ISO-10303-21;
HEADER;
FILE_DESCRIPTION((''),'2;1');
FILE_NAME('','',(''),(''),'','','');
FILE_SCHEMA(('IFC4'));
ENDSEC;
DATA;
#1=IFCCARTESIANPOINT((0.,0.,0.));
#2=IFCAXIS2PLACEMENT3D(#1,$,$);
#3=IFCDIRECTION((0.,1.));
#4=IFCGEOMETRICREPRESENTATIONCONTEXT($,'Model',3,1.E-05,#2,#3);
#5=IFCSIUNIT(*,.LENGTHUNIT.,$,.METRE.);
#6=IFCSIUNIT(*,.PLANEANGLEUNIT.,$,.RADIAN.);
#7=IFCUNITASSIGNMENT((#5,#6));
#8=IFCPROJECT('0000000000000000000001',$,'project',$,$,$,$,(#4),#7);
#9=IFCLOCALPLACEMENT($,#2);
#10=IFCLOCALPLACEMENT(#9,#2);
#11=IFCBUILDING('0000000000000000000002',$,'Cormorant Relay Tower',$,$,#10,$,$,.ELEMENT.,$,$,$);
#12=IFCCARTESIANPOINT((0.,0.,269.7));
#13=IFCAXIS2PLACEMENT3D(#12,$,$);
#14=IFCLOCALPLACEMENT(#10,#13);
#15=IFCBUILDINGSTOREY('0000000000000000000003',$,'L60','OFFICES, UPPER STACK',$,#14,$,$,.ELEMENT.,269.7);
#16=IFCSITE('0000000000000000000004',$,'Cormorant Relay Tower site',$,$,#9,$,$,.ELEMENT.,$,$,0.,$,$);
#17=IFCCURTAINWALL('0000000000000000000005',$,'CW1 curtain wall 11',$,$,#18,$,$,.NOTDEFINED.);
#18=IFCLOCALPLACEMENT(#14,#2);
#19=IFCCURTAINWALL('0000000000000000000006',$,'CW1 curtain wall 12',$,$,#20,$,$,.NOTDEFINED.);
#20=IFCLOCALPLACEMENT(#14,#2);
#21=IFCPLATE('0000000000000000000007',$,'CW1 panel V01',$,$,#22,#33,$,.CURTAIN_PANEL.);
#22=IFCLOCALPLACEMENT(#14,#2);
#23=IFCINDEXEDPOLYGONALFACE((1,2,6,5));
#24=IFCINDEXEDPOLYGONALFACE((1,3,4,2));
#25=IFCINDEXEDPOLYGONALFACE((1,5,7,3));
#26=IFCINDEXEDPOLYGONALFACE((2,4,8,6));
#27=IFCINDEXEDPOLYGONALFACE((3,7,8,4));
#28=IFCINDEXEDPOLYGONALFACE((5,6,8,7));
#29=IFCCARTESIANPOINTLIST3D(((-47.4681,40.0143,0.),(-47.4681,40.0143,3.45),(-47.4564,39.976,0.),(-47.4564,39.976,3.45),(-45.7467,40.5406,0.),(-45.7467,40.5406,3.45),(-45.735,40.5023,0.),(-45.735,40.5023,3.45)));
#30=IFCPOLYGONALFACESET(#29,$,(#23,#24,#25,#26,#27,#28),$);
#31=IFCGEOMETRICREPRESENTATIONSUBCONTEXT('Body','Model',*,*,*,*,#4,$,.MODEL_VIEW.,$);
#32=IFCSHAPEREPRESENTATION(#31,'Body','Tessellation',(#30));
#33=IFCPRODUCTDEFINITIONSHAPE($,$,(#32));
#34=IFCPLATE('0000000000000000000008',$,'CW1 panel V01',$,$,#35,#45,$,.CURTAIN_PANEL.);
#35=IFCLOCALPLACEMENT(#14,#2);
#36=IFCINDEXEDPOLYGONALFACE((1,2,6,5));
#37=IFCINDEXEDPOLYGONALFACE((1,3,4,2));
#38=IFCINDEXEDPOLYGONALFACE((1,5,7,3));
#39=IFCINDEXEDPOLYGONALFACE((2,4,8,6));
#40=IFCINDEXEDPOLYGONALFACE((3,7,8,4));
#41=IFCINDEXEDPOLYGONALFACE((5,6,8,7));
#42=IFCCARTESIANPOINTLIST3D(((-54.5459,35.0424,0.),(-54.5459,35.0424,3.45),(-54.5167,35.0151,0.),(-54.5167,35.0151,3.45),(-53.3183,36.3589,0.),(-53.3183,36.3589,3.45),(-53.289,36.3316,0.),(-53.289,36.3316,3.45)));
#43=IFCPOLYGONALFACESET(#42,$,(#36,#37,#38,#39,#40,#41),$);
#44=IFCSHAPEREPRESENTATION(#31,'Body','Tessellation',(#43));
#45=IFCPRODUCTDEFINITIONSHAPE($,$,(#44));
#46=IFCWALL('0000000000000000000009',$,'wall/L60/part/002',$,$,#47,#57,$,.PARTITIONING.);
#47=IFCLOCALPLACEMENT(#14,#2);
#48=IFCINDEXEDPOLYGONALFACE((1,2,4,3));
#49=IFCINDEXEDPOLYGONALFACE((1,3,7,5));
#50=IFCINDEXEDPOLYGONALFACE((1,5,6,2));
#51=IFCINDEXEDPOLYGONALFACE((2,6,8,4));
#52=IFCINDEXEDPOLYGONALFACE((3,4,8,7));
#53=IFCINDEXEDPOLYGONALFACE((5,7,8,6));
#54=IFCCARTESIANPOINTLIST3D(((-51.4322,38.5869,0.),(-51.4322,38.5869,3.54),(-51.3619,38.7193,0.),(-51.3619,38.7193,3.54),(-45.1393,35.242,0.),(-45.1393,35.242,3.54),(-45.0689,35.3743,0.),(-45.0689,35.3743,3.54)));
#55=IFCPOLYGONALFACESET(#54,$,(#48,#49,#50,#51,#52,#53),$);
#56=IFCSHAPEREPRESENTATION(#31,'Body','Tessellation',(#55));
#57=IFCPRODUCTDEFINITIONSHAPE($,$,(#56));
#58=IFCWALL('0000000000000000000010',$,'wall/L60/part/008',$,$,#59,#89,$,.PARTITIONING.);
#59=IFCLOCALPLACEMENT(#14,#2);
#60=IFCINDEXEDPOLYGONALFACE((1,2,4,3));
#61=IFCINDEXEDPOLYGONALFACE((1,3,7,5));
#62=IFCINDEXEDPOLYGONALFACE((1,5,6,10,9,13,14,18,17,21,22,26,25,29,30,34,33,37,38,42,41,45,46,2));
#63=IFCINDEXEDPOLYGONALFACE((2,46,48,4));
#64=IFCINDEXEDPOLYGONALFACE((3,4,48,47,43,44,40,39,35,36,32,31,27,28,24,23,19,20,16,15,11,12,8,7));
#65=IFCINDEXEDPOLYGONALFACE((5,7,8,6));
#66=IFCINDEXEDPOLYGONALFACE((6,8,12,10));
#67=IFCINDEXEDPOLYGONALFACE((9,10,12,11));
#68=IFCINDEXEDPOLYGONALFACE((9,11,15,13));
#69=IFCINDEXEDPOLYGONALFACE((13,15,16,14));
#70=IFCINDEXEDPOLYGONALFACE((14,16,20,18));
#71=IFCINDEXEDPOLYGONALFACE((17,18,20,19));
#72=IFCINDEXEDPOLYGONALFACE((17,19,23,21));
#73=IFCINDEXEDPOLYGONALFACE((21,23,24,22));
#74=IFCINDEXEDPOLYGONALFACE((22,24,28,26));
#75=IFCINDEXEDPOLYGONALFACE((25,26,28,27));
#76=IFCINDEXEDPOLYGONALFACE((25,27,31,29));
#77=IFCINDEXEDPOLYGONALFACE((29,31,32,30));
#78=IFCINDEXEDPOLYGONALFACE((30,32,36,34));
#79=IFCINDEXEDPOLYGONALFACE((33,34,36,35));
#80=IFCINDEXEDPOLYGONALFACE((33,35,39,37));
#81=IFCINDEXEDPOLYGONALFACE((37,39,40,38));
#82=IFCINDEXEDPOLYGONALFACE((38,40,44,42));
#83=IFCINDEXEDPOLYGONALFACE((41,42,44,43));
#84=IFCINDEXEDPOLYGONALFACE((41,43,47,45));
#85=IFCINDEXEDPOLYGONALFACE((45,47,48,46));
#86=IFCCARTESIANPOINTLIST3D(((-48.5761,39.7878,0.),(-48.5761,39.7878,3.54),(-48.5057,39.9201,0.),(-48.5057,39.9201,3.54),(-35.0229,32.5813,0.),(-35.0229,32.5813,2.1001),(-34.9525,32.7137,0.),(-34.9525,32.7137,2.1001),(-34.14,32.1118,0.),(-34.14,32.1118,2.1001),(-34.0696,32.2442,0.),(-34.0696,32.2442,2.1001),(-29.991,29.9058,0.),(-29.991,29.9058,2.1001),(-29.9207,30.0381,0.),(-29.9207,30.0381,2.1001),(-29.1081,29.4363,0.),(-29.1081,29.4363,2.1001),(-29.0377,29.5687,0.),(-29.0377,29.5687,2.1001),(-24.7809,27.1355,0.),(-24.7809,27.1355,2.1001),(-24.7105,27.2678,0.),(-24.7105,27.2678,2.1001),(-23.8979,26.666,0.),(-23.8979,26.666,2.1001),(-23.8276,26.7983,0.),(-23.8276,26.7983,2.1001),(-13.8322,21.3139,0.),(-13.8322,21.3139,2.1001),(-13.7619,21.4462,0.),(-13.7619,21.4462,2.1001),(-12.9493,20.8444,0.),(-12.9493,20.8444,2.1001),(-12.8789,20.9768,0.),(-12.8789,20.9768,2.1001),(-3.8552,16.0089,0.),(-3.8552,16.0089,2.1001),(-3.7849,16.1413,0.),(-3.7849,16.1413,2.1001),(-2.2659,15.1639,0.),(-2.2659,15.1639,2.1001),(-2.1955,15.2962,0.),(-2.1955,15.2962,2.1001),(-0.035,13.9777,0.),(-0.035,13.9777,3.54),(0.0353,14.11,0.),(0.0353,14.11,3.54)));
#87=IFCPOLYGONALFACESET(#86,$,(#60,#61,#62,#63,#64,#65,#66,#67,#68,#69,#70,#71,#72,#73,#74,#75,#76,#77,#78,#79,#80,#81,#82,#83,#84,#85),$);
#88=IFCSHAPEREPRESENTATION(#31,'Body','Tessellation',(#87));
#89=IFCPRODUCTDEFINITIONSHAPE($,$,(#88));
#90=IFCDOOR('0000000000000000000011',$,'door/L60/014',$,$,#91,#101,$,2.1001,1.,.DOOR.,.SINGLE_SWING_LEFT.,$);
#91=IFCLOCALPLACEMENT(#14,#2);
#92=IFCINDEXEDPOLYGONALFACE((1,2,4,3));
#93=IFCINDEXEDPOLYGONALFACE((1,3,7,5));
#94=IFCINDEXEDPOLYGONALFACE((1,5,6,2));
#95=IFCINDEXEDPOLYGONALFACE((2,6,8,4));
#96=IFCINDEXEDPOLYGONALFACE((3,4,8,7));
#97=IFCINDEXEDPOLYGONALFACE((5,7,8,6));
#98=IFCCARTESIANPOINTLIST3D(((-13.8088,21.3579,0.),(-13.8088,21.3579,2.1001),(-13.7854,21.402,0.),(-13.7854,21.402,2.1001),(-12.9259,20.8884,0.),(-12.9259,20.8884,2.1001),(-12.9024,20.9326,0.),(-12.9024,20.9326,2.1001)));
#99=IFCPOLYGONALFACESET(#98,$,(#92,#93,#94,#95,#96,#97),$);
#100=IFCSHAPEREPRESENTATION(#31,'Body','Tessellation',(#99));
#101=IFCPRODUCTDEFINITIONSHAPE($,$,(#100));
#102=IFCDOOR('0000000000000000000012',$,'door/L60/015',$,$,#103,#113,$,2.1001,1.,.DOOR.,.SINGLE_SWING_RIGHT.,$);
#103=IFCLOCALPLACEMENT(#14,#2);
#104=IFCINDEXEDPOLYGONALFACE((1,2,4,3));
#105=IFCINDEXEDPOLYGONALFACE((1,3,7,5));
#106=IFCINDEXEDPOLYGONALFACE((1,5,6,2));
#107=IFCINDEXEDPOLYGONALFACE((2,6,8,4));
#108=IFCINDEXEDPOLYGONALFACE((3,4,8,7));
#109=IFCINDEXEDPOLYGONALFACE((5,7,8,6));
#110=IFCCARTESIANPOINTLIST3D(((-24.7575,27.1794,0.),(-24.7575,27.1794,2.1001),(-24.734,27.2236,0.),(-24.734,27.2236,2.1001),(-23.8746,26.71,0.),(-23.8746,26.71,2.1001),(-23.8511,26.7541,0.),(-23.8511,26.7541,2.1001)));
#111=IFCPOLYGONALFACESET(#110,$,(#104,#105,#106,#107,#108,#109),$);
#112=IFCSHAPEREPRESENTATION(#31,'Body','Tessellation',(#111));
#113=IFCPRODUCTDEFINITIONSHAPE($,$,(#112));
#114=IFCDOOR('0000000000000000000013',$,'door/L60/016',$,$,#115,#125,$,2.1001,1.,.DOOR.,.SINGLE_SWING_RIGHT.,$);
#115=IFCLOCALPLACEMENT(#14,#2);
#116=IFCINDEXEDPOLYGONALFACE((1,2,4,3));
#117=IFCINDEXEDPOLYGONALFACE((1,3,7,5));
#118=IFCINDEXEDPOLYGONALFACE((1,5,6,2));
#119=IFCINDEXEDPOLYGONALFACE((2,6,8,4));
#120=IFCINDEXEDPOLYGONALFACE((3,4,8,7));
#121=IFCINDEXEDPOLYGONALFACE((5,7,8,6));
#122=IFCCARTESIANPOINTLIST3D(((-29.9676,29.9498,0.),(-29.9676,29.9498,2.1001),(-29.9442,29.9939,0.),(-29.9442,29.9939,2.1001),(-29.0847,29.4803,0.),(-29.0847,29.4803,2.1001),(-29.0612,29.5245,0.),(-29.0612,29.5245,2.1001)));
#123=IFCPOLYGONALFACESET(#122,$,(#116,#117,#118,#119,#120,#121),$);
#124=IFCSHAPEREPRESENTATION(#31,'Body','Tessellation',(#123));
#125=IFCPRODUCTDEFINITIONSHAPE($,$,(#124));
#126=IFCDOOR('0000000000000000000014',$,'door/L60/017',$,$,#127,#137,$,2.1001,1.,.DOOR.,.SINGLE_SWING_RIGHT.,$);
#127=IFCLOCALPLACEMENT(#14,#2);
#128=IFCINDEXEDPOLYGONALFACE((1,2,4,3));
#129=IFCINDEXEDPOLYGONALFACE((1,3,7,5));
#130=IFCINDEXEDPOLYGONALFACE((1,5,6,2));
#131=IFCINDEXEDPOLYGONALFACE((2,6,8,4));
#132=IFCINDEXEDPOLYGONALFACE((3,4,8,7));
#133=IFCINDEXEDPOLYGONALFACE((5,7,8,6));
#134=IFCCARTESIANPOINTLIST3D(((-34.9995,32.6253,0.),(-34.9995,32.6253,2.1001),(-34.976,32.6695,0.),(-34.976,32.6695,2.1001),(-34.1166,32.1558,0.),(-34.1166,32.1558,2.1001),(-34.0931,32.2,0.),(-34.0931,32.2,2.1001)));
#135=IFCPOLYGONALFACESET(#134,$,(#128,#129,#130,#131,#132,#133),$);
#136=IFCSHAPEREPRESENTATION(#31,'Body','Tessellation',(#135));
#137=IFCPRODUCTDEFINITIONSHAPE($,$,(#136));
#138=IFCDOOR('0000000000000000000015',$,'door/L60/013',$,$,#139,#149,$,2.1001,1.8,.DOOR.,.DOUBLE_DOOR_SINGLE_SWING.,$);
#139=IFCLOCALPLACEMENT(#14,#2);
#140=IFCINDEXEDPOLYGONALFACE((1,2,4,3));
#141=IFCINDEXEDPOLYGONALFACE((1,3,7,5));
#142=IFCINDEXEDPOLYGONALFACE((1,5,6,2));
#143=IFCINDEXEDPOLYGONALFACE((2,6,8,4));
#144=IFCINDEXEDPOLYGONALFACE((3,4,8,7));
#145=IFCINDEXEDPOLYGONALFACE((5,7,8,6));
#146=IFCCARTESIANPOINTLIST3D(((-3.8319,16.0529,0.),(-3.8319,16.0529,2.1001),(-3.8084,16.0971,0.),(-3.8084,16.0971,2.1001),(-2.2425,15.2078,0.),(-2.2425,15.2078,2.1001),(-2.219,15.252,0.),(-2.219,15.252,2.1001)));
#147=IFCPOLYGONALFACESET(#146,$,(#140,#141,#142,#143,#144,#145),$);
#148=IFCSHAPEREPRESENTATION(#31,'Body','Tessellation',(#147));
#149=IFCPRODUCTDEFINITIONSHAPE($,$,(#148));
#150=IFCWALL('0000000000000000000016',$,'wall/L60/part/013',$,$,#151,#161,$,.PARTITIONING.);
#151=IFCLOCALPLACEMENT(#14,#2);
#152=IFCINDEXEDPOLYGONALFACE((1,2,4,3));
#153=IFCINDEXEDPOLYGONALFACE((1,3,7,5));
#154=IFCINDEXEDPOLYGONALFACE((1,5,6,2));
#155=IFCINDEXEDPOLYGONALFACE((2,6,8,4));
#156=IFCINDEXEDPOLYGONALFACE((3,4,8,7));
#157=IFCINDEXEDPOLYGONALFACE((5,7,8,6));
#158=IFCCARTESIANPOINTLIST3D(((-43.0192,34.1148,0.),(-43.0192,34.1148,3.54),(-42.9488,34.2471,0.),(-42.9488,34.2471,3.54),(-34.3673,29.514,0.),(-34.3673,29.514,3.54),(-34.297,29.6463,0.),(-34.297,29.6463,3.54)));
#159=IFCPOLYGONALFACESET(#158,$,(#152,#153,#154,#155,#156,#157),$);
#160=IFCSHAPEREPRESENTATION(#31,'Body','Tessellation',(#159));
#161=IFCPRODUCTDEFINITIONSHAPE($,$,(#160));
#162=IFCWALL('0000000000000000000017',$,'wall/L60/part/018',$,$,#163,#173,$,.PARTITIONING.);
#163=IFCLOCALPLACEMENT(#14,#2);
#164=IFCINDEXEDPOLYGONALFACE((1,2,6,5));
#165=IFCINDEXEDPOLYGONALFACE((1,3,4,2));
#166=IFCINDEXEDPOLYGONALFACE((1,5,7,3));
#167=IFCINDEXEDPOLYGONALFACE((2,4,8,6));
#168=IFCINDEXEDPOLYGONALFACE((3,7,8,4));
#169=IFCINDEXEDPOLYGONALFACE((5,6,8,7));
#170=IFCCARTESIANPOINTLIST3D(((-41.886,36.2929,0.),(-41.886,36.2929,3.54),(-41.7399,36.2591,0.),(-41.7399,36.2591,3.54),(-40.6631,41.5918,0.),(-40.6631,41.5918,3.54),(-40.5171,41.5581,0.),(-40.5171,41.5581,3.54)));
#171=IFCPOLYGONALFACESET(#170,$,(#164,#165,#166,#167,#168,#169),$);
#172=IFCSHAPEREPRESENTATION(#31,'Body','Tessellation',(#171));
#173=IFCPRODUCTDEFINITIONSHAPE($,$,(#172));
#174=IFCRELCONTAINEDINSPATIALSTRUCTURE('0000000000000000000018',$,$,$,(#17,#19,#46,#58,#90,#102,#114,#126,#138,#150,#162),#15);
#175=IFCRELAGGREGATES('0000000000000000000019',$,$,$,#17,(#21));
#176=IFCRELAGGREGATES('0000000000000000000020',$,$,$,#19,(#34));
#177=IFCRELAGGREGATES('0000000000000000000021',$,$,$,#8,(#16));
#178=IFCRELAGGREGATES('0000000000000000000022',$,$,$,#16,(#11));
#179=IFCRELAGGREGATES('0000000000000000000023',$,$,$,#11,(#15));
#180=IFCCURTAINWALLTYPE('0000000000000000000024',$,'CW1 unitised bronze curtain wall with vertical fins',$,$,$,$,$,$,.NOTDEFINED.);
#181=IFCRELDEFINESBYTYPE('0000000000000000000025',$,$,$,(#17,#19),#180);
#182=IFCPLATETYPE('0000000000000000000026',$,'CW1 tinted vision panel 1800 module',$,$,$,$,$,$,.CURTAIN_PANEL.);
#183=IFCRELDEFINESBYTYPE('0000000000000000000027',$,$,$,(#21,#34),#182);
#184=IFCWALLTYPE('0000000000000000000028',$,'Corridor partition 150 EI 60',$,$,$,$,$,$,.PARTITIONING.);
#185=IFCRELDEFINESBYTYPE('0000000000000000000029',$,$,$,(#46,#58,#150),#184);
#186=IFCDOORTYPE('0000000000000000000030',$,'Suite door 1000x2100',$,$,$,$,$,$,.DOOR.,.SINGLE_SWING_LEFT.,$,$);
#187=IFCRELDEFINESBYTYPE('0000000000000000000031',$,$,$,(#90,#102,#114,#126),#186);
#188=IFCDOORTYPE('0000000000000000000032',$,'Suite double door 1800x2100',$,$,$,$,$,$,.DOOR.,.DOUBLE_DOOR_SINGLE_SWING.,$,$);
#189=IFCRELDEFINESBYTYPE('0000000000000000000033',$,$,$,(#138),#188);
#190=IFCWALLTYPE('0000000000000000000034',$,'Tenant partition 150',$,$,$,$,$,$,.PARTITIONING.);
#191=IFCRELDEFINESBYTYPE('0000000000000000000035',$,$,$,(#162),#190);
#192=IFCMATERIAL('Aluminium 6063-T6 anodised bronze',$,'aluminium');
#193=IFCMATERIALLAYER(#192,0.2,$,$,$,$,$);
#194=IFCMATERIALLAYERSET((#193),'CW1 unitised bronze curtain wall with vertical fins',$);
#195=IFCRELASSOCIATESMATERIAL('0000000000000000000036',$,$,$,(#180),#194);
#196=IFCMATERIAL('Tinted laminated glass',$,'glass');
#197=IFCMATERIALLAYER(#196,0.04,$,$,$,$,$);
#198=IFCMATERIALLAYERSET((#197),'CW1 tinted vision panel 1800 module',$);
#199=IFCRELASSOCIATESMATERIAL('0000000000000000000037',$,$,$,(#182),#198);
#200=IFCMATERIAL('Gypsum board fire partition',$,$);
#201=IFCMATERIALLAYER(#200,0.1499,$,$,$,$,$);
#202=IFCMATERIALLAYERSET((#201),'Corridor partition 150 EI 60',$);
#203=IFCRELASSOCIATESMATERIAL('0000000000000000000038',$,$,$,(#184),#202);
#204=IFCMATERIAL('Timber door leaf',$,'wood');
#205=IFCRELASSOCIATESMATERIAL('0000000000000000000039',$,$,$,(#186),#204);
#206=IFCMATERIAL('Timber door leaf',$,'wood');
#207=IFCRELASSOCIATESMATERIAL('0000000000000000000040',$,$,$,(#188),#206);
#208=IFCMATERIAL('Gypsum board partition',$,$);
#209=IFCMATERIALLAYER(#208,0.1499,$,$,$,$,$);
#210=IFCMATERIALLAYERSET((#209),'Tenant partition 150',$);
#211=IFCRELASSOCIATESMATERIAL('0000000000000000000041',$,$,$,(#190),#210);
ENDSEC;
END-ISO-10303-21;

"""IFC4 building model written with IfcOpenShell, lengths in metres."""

from ifc_helpers import new_model, si_unit, direction, frame, frame_2d, origin, origin_2d, place, context, subcontext, project, spatial, rectangle, extrude, material, layer, layer_set, type_object, element, fill, aggregate, save


model = new_model("IFC4")

# Units and contexts
model_context = context("Model", 3, precision=1e-05, world=origin(), true_north=direction((0.0, 1.0)))
body_context = subcontext(model_context, "Body", "Model", "MODEL_VIEW")
ifc_project = project(units=[si_unit("LENGTHUNIT", "METRE"), si_unit("PLANEANGLEUNIT", "RADIAN")], contexts=[model_context])

# Site, building, storey
site_placement = place(None, origin())
site = spatial("IfcSite", under=ifc_project, at=site_placement, Name="Cormorant Relay Tower site", CompositionType="ELEMENT", RefElevation=0.0)
building_placement = place(site_placement, origin())
building = spatial("IfcBuilding", under=site, at=building_placement, Name="Cormorant Relay Tower", CompositionType="ELEMENT")
storey_placement = place(building_placement, frame((0.0, 0.0, 269.7)))
storey = spatial("IfcBuildingStorey", under=building, at=storey_placement, Name="L60", Description="OFFICES, UPPER STACK", CompositionType="ELEMENT", Elevation=269.7)

# Curtain walls
ifc_material_1 = material(Name="Aluminium 6063-T6 anodised bronze", Category="aluminium")
ifc_layer_1 = layer(ifc_material_1, 0.2)
ifc_layer_set_1 = layer_set([ifc_layer_1], Name="CW1 unitised bronze curtain wall with vertical fins")
curtain_wall_type = type_object("IfcCurtainWallType", Name="CW1 unitised bronze curtain wall with vertical fins", PredefinedType="NOTDEFINED", material=ifc_layer_set_1)
curtain_wall_1_placement = place(storey_placement, origin())
curtain_wall_1 = element("IfcCurtainWall", 1, at=curtain_wall_1_placement, inside=storey, type_object=curtain_wall_type, Name="CW1 curtain wall 11", PredefinedType="NOTDEFINED")
curtain_wall_2_placement = place(storey_placement, origin())
curtain_wall_2 = element("IfcCurtainWall", 2, at=curtain_wall_2_placement, inside=storey, type_object=curtain_wall_type, Name="CW1 curtain wall 12", PredefinedType="NOTDEFINED")

# Plates
ifc_material_2 = material(Name="Tinted laminated glass", Category="glass")
ifc_layer_2 = layer(ifc_material_2, 0.04)
ifc_layer_set_2 = layer_set([ifc_layer_2], Name="CW1 tinted vision panel 1800 module")
plate_type = type_object("IfcPlateType", Name="CW1 tinted vision panel 1800 module", PredefinedType="CURTAIN_PANEL", material=ifc_layer_set_2)
plate_1_placement = place(storey_placement, frame((-46.6016, 40.2583, 0.0), z_axis=(0.0, 0.0, 1.0), x_axis=(-0.956305, -0.292372, 0.0)))
plate_1 = element("IfcPlate", 3, at=plate_1_placement, type_object=plate_type, Name="CW1 panel V01", PredefinedType="CURTAIN_PANEL", context=body_context, shape_type="SweptSolid", body=[
    extrude(rectangle(XDim=1.8, YDim=0.04, at=origin_2d()), origin(), (0.0, 0.0, 1.0), 3.45),
])
plate_2_placement = place(storey_placement, frame((-53.9175, 35.687, 0.0), z_axis=(0.0, 0.0, 1.0), x_axis=(-0.681998, -0.731354, 0.0)))
plate_2 = element("IfcPlate", 4, at=plate_2_placement, type_object=plate_type, Name="CW1 panel V01", PredefinedType="CURTAIN_PANEL", context=body_context, shape_type="SweptSolid", body=[
    extrude(rectangle(XDim=1.8, YDim=0.04, at=origin_2d()), origin(), (0.0, 0.0, 1.0), 3.45),
])

# Wall
ifc_material_3 = material(Name="Gypsum board fire partition")
ifc_layer_3 = layer(ifc_material_3, 0.1499)
ifc_layer_set_3 = layer_set([ifc_layer_3], Name="Corridor partition 150 EI 60")
wall_type_1 = type_object("IfcWallType", Name="Corridor partition 150 EI 60", PredefinedType="PARTITIONING", material=ifc_layer_set_3)
wall_1_placement = place(storey_placement, frame((-45.104, 35.3081, 0.0), z_axis=(0.0, 0.0, 1.0), x_axis=(-0.883009, 0.469356, 0.0)))
element("IfcWall", 5, at=wall_1_placement, inside=storey, type_object=wall_type_1, Name="wall/L60/part/002", PredefinedType="PARTITIONING", context=body_context, shape_type="SweptSolid", body=[
    extrude(rectangle(XDim=7.1267, YDim=0.1499, at=frame_2d((3.5635, 0.0))), origin(), (0.0, 0.0, 1.0), 3.54),
])

# Wall, openings, doors
wall_2_placement = place(storey_placement, frame((-48.541, 39.854, 0.0), z_axis=(0.0, 0.0, 1.0), x_axis=(0.882945, -0.469476, 0.0)))
wall_2 = element("IfcWall", 6, at=wall_2_placement, inside=storey, type_object=wall_type_1, Name="wall/L60/part/008", PredefinedType="PARTITIONING", context=body_context, shape_type="SweptSolid", body=[
    extrude(rectangle(XDim=54.9763, YDim=0.1499, at=frame_2d((27.4883, 0.0))), origin(), (0.0, 0.0, 1.0), 3.54),
])
opening_1_placement = place(wall_2_placement, frame((50.6499, 0.0, 0.0)))
opening_1 = element("IfcOpeningElement", 7, at=opening_1_placement, cuts=wall_2, PredefinedType="OPENING", context=body_context, shape_type="SweptSolid", body=[
    extrude(rectangle(XDim=1.8, YDim=2.1001, at=frame_2d((0.8999, 1.05))), frame((0.0, 0.085, 0.0), z_axis=(0.0, -1.0, 0.0), x_axis=(1.0, 0.0, 0.0)), (0.0, 0.0, 1.0), 0.1699),
])
opening_2_placement = place(wall_2_placement, frame((39.3501, 0.0, 0.0)))
opening_2 = element("IfcOpeningElement", 8, at=opening_2_placement, cuts=wall_2, PredefinedType="OPENING", context=body_context, shape_type="SweptSolid", body=[
    extrude(rectangle(XDim=1.0, YDim=2.1001, at=frame_2d((0.5, 1.05))), frame((0.0, 0.085, 0.0), z_axis=(0.0, -1.0, 0.0), x_axis=(1.0, 0.0, 0.0)), (0.0, 0.0, 1.0), 0.1699),
])
opening_3_placement = place(wall_2_placement, frame((26.95, 0.0, 0.0)))
opening_3 = element("IfcOpeningElement", 9, at=opening_3_placement, cuts=wall_2, PredefinedType="OPENING", context=body_context, shape_type="SweptSolid", body=[
    extrude(rectangle(XDim=1.0, YDim=2.1001, at=frame_2d((0.5, 1.05))), frame((0.0, 0.085, 0.0), z_axis=(0.0, -1.0, 0.0), x_axis=(1.0, 0.0, 0.0)), (0.0, 0.0, 1.0), 0.1699),
])
opening_4_placement = place(wall_2_placement, frame((21.0491, 0.0, 0.0)))
opening_4 = element("IfcOpeningElement", 10, at=opening_4_placement, cuts=wall_2, PredefinedType="OPENING", context=body_context, shape_type="SweptSolid", body=[
    extrude(rectangle(XDim=1.0, YDim=2.1001, at=frame_2d((0.5, 1.05))), frame((0.0, 0.085, 0.0), z_axis=(0.0, -1.0, 0.0), x_axis=(1.0, 0.0, 0.0)), (0.0, 0.0, 1.0), 0.1699),
])
opening_5_placement = place(wall_2_placement, frame((15.3501, 0.0, 0.0)))
opening_5 = element("IfcOpeningElement", 11, at=opening_5_placement, cuts=wall_2, PredefinedType="OPENING", context=body_context, shape_type="SweptSolid", body=[
    extrude(rectangle(XDim=1.0, YDim=2.1001, at=frame_2d((0.5, 1.05))), frame((0.0, 0.085, 0.0), z_axis=(0.0, -1.0, 0.0), x_axis=(1.0, 0.0, 0.0)), (0.0, 0.0, 1.0), 0.1699),
])
ifc_material_4 = material(Name="Timber door leaf", Category="wood")
door_type_1 = type_object("IfcDoorType", Name="Suite door 1000x2100", OperationType="SINGLE_SWING_LEFT", PredefinedType="DOOR", material=ifc_material_4)
door_1_placement = place(opening_2_placement, origin())
door_1 = element("IfcDoor", 12, at=door_1_placement, inside=storey, type_object=door_type_1, Name="door/L60/014", OperationType="SINGLE_SWING_LEFT", OverallHeight=2.1001, OverallWidth=1.0, PredefinedType="DOOR", context=body_context, shape_type="SweptSolid", body=[
    extrude(rectangle(XDim=1.0, YDim=2.1001, at=frame_2d((0.5, 1.05))), frame((0.0, 0.0249, 0.0), z_axis=(0.0, -1.0, 0.0), x_axis=(1.0, 0.0, 0.0)), (0.0, 0.0, 1.0), 0.05),
])
fill(opening_2, door_1)
door_2_placement = place(opening_3_placement, origin())
door_2 = element("IfcDoor", 13, at=door_2_placement, inside=storey, type_object=door_type_1, Name="door/L60/015", OperationType="SINGLE_SWING_RIGHT", OverallHeight=2.1001, OverallWidth=1.0, PredefinedType="DOOR", context=body_context, shape_type="SweptSolid", body=[
    extrude(rectangle(XDim=1.0, YDim=2.1001, at=frame_2d((0.5, 1.05))), frame((0.0, 0.0249, 0.0), z_axis=(0.0, -1.0, 0.0), x_axis=(1.0, 0.0, 0.0)), (0.0, 0.0, 1.0), 0.05),
])
fill(opening_3, door_2)
door_3_placement = place(opening_4_placement, origin())
door_3 = element("IfcDoor", 14, at=door_3_placement, inside=storey, type_object=door_type_1, Name="door/L60/016", OperationType="SINGLE_SWING_RIGHT", OverallHeight=2.1001, OverallWidth=1.0, PredefinedType="DOOR", context=body_context, shape_type="SweptSolid", body=[
    extrude(rectangle(XDim=1.0, YDim=2.1001, at=frame_2d((0.5, 1.05))), frame((0.0, 0.0249, 0.0), z_axis=(0.0, -1.0, 0.0), x_axis=(1.0, 0.0, 0.0)), (0.0, 0.0, 1.0), 0.05),
])
fill(opening_4, door_3)
door_4_placement = place(opening_5_placement, origin())
door_4 = element("IfcDoor", 15, at=door_4_placement, inside=storey, type_object=door_type_1, Name="door/L60/017", OperationType="SINGLE_SWING_RIGHT", OverallHeight=2.1001, OverallWidth=1.0, PredefinedType="DOOR", context=body_context, shape_type="SweptSolid", body=[
    extrude(rectangle(XDim=1.0, YDim=2.1001, at=frame_2d((0.5, 1.05))), frame((0.0, 0.0249, 0.0), z_axis=(0.0, -1.0, 0.0), x_axis=(1.0, 0.0, 0.0)), (0.0, 0.0, 1.0), 0.05),
])
fill(opening_5, door_4)
ifc_material_5 = material(Name="Timber door leaf", Category="wood")
door_type_2 = type_object("IfcDoorType", Name="Suite double door 1800x2100", OperationType="DOUBLE_DOOR_SINGLE_SWING", PredefinedType="DOOR", material=ifc_material_5)
door_5_placement = place(opening_1_placement, origin())
door_5 = element("IfcDoor", 16, at=door_5_placement, inside=storey, type_object=door_type_2, Name="door/L60/013", OperationType="DOUBLE_DOOR_SINGLE_SWING", OverallHeight=2.1001, OverallWidth=1.8, PredefinedType="DOOR", context=body_context, shape_type="SweptSolid", body=[
    extrude(rectangle(XDim=1.8, YDim=2.1001, at=frame_2d((0.8999, 1.05))), frame((0.0, 0.0249, 0.0), z_axis=(0.0, -1.0, 0.0), x_axis=(1.0, 0.0, 0.0)), (0.0, 0.0, 1.0), 0.05),
])
fill(opening_1, door_5)

# Walls
wall_3_placement = place(storey_placement, frame((-42.9839, 34.1809, 0.0), z_axis=(0.0, 0.0, 1.0), x_axis=(0.882924, -0.469516, 0.0)))
element("IfcWall", 17, at=wall_3_placement, inside=storey, type_object=wall_type_1, Name="wall/L60/part/013", PredefinedType="PARTITIONING", context=body_context, shape_type="SweptSolid", body=[
    extrude(rectangle(XDim=9.7991, YDim=0.1499, at=frame_2d((4.8994, 0.0))), origin(), (0.0, 0.0, 1.0), 3.54),
])
ifc_material_6 = material(Name="Gypsum board partition")
ifc_layer_4 = layer(ifc_material_6, 0.1499)
ifc_layer_set_4 = layer_set([ifc_layer_4], Name="Tenant partition 150")
wall_type_2 = type_object("IfcWallType", Name="Tenant partition 150", PredefinedType="PARTITIONING", material=ifc_layer_set_4)
wall_4_placement = place(storey_placement, frame((-41.813, 36.2759, 0.0), z_axis=(0.0, 0.0, 1.0), x_axis=(0.224866, 0.97439, 0.0)))
element("IfcWall", 18, at=wall_4_placement, inside=storey, type_object=wall_type_2, Name="wall/L60/part/018", PredefinedType="PARTITIONING", context=body_context, shape_type="SweptSolid", body=[
    extrude(rectangle(XDim=5.4382, YDim=0.1499, at=frame_2d((2.7192, 0.0))), origin(), (0.0, 0.0, 1.0), 3.54),
])

aggregate(curtain_wall_1, [plate_1])
aggregate(curtain_wall_2, [plate_2])

save(model, "model.ifc")
